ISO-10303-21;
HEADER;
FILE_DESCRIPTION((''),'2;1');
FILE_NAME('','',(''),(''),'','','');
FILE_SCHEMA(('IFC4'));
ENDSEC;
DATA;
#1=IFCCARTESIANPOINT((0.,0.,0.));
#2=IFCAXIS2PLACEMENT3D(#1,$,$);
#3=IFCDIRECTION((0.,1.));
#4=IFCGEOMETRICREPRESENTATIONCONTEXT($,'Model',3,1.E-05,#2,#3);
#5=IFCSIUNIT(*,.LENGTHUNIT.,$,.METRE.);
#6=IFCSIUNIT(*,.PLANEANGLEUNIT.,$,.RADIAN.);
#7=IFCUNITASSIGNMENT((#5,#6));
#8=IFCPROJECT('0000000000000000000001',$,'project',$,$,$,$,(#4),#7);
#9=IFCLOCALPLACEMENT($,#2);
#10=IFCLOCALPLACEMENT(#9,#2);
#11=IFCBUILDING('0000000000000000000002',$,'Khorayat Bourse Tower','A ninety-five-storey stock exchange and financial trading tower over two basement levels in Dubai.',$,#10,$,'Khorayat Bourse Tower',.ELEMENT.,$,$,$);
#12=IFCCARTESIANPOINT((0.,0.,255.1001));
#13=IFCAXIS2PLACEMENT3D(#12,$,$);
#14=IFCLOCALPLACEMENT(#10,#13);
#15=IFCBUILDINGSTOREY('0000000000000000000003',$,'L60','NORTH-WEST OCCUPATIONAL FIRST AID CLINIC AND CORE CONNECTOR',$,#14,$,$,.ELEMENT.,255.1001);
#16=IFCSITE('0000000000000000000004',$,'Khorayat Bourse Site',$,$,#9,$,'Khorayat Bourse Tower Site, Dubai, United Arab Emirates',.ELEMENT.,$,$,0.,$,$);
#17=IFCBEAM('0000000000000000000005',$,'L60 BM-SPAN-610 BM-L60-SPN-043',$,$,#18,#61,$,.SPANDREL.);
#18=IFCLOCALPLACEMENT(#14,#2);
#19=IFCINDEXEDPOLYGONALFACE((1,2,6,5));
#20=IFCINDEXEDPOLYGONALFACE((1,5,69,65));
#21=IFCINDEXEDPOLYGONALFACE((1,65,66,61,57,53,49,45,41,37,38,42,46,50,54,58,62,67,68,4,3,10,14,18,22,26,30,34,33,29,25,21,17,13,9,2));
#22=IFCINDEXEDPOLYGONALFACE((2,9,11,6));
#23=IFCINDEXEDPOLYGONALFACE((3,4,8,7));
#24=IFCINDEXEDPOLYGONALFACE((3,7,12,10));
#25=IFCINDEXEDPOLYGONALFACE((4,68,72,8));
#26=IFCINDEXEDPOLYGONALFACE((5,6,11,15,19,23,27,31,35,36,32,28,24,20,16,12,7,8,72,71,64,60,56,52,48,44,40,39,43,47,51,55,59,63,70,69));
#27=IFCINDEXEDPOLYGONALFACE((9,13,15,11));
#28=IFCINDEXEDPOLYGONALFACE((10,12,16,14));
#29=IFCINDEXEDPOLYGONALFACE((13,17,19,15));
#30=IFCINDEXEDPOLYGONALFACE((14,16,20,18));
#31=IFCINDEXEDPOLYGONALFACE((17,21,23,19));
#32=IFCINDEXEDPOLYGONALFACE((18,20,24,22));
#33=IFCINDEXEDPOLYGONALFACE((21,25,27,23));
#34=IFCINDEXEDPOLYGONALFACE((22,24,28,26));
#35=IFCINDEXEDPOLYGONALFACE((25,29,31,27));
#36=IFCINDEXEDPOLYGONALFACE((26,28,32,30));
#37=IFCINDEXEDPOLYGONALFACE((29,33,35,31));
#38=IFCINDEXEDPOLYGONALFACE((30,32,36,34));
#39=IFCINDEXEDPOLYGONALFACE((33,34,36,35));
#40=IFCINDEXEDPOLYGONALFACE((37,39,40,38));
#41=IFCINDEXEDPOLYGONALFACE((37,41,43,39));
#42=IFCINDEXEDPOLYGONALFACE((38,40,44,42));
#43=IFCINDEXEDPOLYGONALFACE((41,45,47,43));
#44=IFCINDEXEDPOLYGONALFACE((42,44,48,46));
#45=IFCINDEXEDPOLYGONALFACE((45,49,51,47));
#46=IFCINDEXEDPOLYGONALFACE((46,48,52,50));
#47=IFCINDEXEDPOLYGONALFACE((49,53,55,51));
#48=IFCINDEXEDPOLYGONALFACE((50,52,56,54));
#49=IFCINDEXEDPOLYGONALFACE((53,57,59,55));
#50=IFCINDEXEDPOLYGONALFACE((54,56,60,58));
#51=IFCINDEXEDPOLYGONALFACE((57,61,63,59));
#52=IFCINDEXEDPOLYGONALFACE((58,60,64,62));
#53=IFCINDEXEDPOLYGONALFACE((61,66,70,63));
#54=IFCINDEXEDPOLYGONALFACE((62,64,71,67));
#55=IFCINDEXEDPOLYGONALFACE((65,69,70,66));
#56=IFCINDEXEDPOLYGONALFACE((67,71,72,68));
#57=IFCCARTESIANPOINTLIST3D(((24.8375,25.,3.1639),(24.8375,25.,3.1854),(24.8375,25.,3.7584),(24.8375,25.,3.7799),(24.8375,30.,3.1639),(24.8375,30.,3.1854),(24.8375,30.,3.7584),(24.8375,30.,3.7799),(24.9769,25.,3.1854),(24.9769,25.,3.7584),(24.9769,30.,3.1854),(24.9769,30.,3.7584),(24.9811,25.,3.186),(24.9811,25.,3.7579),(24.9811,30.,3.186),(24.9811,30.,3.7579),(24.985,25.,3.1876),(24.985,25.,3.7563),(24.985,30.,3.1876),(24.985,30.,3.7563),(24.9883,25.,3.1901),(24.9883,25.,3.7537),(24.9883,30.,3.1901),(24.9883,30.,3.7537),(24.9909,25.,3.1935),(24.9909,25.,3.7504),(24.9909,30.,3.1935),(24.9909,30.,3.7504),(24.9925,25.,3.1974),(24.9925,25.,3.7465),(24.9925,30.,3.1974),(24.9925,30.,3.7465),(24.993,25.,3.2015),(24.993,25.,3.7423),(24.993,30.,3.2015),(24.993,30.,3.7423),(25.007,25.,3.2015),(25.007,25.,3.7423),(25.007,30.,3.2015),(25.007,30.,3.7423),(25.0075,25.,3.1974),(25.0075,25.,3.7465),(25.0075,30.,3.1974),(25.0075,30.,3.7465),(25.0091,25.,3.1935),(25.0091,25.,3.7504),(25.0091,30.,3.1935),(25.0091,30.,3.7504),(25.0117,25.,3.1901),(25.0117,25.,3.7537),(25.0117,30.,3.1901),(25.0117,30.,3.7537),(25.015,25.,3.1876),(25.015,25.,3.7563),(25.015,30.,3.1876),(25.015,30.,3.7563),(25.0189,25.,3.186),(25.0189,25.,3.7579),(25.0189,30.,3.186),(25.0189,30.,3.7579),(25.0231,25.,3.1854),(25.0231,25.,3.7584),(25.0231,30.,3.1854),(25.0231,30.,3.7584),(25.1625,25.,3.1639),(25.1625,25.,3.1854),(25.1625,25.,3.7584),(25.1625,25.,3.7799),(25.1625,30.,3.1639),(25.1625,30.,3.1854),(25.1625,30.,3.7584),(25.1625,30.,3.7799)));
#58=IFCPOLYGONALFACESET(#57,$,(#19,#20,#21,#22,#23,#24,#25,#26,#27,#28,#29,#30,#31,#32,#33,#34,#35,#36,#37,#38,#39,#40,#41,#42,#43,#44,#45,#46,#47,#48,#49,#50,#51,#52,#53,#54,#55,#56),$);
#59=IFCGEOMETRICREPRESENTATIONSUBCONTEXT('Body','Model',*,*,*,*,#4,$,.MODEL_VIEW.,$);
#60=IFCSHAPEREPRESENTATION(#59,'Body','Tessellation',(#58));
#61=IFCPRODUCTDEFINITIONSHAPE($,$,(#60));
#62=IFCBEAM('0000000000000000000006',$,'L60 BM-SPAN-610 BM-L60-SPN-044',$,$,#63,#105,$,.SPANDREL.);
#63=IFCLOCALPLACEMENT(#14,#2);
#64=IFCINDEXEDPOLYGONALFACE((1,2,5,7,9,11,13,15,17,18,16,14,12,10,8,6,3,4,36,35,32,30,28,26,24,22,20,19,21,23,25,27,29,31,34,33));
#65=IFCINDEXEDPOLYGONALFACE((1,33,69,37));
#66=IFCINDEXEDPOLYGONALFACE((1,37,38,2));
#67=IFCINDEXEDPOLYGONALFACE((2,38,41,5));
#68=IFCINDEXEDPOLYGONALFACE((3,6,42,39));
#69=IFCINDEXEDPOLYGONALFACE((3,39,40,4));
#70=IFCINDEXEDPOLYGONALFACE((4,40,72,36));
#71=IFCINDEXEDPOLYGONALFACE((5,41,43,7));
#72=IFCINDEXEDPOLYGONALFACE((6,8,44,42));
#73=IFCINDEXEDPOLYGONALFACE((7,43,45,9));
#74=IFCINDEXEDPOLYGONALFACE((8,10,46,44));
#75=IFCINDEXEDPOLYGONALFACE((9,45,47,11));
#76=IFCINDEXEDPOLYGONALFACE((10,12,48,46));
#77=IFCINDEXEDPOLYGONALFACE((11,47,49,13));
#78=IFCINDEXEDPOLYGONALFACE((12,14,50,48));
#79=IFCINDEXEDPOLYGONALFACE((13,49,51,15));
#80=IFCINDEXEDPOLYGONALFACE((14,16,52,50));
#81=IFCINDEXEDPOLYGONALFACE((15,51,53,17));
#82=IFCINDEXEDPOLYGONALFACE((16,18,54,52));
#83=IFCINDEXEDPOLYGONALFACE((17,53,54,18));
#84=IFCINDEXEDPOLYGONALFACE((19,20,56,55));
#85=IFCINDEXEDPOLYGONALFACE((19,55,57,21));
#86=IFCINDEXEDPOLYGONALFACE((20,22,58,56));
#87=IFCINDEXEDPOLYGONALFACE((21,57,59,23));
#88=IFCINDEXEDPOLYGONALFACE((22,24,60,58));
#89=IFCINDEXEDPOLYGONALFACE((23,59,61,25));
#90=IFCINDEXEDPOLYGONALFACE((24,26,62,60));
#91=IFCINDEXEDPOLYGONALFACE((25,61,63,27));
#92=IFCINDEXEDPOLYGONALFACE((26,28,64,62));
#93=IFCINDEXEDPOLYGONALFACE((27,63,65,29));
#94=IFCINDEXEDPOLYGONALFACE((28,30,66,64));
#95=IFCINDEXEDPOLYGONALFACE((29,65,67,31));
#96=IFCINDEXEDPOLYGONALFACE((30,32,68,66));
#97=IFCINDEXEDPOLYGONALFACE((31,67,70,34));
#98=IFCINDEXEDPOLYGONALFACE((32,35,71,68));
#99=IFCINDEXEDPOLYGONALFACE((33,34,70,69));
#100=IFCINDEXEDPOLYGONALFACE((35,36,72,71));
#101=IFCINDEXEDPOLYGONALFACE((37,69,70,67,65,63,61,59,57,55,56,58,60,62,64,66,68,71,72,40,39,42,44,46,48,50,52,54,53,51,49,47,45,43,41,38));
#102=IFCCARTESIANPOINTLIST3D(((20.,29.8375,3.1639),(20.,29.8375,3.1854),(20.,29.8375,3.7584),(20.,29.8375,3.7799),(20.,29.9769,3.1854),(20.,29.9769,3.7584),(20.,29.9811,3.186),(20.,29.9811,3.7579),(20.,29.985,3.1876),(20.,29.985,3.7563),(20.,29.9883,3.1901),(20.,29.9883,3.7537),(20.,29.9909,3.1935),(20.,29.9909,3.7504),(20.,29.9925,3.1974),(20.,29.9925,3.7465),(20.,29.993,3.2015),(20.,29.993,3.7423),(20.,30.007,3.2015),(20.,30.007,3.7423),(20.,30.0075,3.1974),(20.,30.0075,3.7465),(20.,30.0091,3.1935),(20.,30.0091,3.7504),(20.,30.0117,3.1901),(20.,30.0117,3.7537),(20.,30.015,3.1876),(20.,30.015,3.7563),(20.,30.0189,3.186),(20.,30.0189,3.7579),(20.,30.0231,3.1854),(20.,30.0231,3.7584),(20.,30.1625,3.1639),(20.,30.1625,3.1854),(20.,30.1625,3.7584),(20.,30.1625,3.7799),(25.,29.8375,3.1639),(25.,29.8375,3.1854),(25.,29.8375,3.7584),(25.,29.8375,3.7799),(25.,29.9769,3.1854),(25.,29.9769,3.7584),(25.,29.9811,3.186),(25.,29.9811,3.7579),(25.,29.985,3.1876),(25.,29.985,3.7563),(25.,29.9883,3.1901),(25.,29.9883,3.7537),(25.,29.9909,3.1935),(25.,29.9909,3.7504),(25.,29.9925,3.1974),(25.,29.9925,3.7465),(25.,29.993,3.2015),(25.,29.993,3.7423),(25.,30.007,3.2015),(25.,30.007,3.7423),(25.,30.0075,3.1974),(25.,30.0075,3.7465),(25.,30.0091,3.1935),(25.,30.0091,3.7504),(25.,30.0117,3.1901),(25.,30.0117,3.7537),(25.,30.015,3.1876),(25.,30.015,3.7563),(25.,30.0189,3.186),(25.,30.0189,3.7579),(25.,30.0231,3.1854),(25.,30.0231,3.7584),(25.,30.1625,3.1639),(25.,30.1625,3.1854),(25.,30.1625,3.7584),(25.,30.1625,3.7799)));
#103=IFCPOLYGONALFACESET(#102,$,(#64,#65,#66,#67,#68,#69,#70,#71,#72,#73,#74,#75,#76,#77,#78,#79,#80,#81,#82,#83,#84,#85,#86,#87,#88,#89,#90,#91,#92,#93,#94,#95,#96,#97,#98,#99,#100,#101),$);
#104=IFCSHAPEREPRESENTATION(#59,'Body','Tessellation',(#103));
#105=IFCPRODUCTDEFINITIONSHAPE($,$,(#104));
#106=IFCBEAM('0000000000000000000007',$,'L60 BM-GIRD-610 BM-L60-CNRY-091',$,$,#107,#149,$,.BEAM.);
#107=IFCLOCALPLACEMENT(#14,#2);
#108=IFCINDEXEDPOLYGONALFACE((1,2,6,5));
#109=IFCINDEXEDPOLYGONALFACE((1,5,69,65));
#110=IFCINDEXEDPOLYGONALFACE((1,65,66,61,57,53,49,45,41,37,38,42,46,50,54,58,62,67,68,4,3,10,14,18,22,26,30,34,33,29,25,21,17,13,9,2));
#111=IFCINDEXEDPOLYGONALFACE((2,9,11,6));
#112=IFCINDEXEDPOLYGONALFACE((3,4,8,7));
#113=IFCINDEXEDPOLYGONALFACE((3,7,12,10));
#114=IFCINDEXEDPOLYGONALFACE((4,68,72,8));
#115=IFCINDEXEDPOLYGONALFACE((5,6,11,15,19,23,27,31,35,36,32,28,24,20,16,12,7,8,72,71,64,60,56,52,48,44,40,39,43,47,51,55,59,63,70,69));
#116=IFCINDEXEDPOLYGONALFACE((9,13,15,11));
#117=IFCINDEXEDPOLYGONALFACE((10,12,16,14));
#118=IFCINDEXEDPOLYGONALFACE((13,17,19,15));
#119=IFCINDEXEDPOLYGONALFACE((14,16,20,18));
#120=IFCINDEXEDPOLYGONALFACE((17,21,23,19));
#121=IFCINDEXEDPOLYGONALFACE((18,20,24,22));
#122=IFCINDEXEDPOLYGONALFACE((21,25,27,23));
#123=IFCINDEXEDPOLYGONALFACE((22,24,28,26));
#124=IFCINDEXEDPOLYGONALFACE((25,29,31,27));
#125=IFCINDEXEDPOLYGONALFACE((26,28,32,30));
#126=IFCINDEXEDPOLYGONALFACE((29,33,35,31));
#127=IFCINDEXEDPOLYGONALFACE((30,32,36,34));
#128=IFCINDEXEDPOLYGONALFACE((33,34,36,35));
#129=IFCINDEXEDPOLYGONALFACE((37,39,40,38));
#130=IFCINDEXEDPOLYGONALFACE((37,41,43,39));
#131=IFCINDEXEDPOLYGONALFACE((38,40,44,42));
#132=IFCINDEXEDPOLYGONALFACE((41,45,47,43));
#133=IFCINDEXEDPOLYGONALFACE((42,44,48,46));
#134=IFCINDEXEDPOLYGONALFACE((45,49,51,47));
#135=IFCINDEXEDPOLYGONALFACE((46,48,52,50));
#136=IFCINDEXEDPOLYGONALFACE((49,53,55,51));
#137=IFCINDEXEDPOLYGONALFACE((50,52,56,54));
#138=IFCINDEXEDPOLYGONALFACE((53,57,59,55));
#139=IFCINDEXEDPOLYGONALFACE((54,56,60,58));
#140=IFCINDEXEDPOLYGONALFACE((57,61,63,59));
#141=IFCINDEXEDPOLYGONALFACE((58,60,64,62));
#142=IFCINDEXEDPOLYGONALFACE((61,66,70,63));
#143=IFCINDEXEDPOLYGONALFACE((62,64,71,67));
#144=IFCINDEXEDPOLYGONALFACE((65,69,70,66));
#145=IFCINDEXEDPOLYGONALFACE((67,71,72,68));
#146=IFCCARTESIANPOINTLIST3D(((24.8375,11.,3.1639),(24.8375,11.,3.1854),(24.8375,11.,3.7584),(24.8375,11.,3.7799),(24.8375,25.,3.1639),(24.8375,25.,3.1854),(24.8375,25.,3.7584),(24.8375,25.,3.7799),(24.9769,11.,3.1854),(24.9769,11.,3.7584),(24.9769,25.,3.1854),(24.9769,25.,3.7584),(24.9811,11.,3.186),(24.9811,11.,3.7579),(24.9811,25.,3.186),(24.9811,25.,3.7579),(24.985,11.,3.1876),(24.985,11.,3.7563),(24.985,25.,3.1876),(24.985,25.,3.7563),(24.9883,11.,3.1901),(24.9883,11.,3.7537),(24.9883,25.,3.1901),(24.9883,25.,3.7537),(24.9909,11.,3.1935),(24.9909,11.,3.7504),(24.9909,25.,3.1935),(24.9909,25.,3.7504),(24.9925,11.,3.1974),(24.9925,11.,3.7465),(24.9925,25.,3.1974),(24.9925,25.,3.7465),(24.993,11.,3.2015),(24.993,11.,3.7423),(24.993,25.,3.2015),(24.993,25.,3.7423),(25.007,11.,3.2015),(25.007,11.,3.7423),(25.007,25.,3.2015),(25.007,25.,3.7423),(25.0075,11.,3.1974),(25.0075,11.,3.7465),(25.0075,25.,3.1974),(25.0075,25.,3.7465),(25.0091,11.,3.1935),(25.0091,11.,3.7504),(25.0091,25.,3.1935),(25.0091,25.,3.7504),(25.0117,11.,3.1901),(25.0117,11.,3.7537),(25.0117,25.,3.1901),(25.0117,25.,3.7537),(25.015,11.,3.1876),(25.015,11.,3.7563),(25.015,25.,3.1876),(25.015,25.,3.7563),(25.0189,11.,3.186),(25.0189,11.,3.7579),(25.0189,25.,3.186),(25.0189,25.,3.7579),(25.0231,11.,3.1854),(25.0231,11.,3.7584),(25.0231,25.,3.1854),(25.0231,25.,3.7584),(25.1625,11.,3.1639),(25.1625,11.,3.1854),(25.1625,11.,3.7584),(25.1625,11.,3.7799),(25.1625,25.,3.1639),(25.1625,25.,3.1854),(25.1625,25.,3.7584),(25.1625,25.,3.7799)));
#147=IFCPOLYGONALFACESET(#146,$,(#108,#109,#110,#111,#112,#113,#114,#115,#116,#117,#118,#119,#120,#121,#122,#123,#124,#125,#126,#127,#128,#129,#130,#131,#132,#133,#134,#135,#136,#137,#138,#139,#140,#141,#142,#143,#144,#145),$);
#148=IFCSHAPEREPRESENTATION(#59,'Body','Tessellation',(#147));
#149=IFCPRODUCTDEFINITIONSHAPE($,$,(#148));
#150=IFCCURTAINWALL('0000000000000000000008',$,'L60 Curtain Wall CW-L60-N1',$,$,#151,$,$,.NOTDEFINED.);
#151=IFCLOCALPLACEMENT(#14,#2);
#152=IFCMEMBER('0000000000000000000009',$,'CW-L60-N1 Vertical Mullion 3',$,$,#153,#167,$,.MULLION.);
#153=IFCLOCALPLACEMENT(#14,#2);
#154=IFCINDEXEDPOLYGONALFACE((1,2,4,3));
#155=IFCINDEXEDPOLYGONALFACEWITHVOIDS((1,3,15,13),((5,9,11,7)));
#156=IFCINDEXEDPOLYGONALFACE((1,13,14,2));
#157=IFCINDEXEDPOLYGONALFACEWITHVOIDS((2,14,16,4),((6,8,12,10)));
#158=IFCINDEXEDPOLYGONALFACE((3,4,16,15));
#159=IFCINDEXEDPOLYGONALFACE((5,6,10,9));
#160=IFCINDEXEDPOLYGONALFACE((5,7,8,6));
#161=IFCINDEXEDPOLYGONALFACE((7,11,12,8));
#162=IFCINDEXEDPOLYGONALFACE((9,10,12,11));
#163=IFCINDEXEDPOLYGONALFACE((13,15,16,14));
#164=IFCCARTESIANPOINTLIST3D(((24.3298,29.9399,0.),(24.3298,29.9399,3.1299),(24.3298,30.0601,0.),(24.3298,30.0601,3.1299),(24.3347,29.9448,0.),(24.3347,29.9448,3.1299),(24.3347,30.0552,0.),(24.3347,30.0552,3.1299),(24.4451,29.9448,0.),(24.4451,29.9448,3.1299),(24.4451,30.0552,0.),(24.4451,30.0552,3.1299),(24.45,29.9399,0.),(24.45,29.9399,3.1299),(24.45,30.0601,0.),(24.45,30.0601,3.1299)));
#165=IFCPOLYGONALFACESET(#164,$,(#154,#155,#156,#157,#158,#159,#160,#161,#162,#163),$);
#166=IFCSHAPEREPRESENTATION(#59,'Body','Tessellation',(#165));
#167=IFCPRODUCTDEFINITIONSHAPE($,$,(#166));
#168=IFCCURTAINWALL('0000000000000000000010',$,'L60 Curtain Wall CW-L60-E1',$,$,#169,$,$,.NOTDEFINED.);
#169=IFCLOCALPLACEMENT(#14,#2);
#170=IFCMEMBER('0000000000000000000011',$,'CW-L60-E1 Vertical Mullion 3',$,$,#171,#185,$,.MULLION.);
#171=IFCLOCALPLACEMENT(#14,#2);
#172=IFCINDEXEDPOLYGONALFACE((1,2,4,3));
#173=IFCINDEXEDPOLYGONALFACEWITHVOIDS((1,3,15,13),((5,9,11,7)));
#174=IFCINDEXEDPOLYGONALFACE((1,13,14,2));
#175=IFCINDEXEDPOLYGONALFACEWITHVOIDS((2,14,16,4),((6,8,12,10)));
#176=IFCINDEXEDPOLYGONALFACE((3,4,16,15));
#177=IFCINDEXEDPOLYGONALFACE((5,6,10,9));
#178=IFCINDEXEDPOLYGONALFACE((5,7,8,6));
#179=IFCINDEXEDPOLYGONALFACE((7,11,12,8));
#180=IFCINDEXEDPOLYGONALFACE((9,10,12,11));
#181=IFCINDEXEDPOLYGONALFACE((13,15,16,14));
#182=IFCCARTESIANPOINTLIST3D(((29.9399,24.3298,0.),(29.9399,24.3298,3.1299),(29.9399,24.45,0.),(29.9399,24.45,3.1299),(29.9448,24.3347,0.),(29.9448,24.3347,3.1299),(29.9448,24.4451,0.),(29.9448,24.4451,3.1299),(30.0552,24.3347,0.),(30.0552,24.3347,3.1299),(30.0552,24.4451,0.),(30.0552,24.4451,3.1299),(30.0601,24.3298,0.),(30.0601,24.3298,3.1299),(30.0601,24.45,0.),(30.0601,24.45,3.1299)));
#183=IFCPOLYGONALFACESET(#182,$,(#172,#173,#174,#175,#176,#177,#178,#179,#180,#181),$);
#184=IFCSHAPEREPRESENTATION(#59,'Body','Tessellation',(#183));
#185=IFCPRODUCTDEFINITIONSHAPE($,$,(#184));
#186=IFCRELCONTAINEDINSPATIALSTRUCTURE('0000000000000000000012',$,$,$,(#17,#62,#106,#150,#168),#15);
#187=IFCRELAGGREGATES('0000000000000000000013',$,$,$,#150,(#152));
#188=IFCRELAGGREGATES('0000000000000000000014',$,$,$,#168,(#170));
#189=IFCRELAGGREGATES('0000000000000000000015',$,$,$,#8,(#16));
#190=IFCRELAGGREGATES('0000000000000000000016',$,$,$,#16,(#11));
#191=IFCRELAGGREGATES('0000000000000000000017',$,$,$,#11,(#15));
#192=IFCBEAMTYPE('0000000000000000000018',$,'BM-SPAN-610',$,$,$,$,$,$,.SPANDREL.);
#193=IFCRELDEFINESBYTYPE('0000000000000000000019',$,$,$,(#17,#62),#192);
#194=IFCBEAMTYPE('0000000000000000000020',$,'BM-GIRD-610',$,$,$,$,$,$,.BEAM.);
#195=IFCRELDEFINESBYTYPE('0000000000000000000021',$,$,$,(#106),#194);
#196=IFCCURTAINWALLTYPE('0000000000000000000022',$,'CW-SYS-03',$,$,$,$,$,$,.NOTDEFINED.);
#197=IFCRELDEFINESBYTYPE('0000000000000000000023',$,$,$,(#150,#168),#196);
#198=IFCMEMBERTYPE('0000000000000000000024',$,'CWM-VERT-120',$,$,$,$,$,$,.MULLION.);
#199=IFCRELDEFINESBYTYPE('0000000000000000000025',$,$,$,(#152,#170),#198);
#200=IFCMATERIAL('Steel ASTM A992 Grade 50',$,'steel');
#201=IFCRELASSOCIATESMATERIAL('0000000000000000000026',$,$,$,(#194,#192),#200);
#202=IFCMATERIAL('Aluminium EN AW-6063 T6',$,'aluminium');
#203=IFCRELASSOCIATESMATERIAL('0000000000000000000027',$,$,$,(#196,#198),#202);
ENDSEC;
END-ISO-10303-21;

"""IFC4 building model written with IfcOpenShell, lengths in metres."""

from ifc_helpers import new_model, si_unit, direction, frame, origin, origin_2d, place, context, subcontext, project, spatial, hollow_rectangle, i_section, extrude, source, transform, mapped, material, material_profile, profile_set, type_object, element, aggregate, save


model = new_model("IFC4")

# Units and contexts
model_context = context("Model", 3, precision=1e-05, world=origin(), true_north=direction((0.0, 1.0)))
body_context = subcontext(model_context, "Body", "Model", "MODEL_VIEW")
ifc_project = project(units=[si_unit("LENGTHUNIT", "METRE"), si_unit("PLANEANGLEUNIT", "RADIAN")], contexts=[model_context])

# Site, building, storey
site_placement = place(None, origin())
site = spatial("IfcSite", under=ifc_project, at=site_placement, Name="Khorayat Bourse Site", LongName="Khorayat Bourse Tower Site, Dubai, United Arab Emirates", CompositionType="ELEMENT", RefElevation=0.0)
building_placement = place(site_placement, origin())
building = spatial("IfcBuilding", under=site, at=building_placement, Name="Khorayat Bourse Tower", Description="A ninety-five-storey stock exchange and financial trading tower over two basement levels in Dubai.", LongName="Khorayat Bourse Tower", CompositionType="ELEMENT")
storey_placement = place(building_placement, frame((0.0, 0.0, 255.1001)))
storey = spatial("IfcBuildingStorey", under=building, at=storey_placement, Name="L60", Description="NORTH-WEST OCCUPATIONAL FIRST AID CLINIC AND CORE CONNECTOR", CompositionType="ELEMENT", Elevation=255.1001)

# Beams
ifc_material_1 = material(Name="Steel ASTM A992 Grade 50", Category="steel")
ifc_material_profile_1 = material_profile(ifc_material_1, i_section(OverallWidth=0.325, OverallDepth=0.616, WebThickness=0.0139, FlangeThickness=0.0215, FilletRadius=0.0161, at=origin_2d()), Name="W610X174")
ifc_profile_set_1 = profile_set([ifc_material_profile_1], Name="Steel ASTM A992 Grade 50")
beam_type_1 = type_object("IfcBeamType", Name="BM-GIRD-610", PredefinedType="BEAM", material=ifc_profile_set_1)
ifc_material_profile_2 = material_profile(ifc_material_1, i_section(OverallWidth=0.325, OverallDepth=0.616, WebThickness=0.0139, FlangeThickness=0.0215, FilletRadius=0.0161, at=origin_2d()), Name="W610X174")
ifc_profile_set_2 = profile_set([ifc_material_profile_2], Name="Steel ASTM A992 Grade 50")
beam_type_2 = type_object("IfcBeamType", Name="BM-SPAN-610", PredefinedType="SPANDREL", material=ifc_profile_set_2)
shared_shape_1 = source(origin(), body_context, "Body", "SweptSolid", [
    extrude(i_section(OverallWidth=0.325, OverallDepth=0.616, WebThickness=0.0139, FlangeThickness=0.0215, FilletRadius=0.0161, at=origin_2d()), origin(), (0.0, 0.0, 1.0), 5.0),
])
for number, where, z_axis, x_axis, name in (
    (1, (25.0, 25.0, 3.4719), (0.0, 1.0, 0.0), (-1.0, 0.0, 0.0), "L60 BM-SPAN-610 BM-L60-SPN-043"),
    (2, (20.0, 30.0, 3.4719), (1.0, 0.0, 0.0), (0.0, 1.0, 0.0), "L60 BM-SPAN-610 BM-L60-SPN-044"),
):
    element("IfcBeam", number, at=place(storey_placement, frame(where, z_axis=z_axis, x_axis=x_axis)), inside=storey, type_object=beam_type_2, Name=name, PredefinedType="SPANDREL", context=body_context, shape_type="MappedRepresentation", body=[
        mapped(shared_shape_1, transform((0.0, 0.0, 0.0), scale=1.0)),
    ])
shared_shape_2 = source(origin(), body_context, "Body", "SweptSolid", [
    extrude(i_section(OverallWidth=0.325, OverallDepth=0.616, WebThickness=0.0139, FlangeThickness=0.0215, FilletRadius=0.0161, at=origin_2d()), origin(), (0.0, 0.0, 1.0), 14.0),
])
beam_1_placement = place(storey_placement, frame((25.0, 11.0, 3.4719), z_axis=(0.0, 1.0, 0.0), x_axis=(-1.0, 0.0, 0.0)))
element("IfcBeam", 3, at=beam_1_placement, inside=storey, type_object=beam_type_1, Name="L60 BM-GIRD-610 BM-L60-CNRY-091", PredefinedType="BEAM", context=body_context, shape_type="MappedRepresentation", body=[
    mapped(shared_shape_2, transform((0.0, 0.0, 0.0), scale=1.0)),
])

# Curtain wall, member
ifc_material_2 = material(Name="Aluminium EN AW-6063 T6", Category="aluminium")
curtain_wall_type = type_object("IfcCurtainWallType", Name="CW-SYS-03", PredefinedType="NOTDEFINED", material=ifc_material_2)
curtain_wall_1_placement = place(storey_placement, origin())
curtain_wall_1 = element("IfcCurtainWall", 4, at=curtain_wall_1_placement, inside=storey, type_object=curtain_wall_type, Name="L60 Curtain Wall CW-L60-N1", PredefinedType="NOTDEFINED")
ifc_material_profile_3 = material_profile(ifc_material_2, hollow_rectangle(XDim=0.1201, YDim=0.1201, WallThickness=0.0049, at=origin_2d()), Name="ALU 120x120x5")
ifc_profile_set_3 = profile_set([ifc_material_profile_3], Name="Aluminium EN AW-6063 T6")
member_type_1 = type_object("IfcMemberType", Name="CWM-VERT-120", PredefinedType="MULLION", material=ifc_profile_set_3)
shared_shape_3 = source(origin(), body_context, "Body", "SweptSolid", [
    extrude(hollow_rectangle(XDim=0.1201, YDim=0.1201, WallThickness=0.0049, at=origin_2d()), origin(), (0.0, 0.0, 1.0), 3.1299),
])
member_1_placement = place(storey_placement, frame((24.3899, 30.0, 0.0), z_axis=(0.0, 0.0, 1.0), x_axis=(0.0, 1.0, 0.0)))
member_1 = element("IfcMember", 5, at=member_1_placement, type_object=member_type_1, Name="CW-L60-N1 Vertical Mullion 3", PredefinedType="MULLION", context=body_context, shape_type="MappedRepresentation", body=[
    mapped(shared_shape_3, transform((0.0, 0.0, 0.0), scale=1.0)),
])
aggregate(curtain_wall_1, [member_1])

# Curtain wall, member
curtain_wall_2_placement = place(storey_placement, origin())
curtain_wall_2 = element("IfcCurtainWall", 6, at=curtain_wall_2_placement, inside=storey, type_object=curtain_wall_type, Name="L60 Curtain Wall CW-L60-E1", PredefinedType="NOTDEFINED")
member_2_placement = place(storey_placement, frame((30.0, 24.3899, 0.0), z_axis=(0.0, 0.0, 1.0), x_axis=(-1.0, 0.0, 0.0)))
member_2 = element("IfcMember", 7, at=member_2_placement, type_object=member_type_1, Name="CW-L60-E1 Vertical Mullion 3", PredefinedType="MULLION", context=body_context, shape_type="MappedRepresentation", body=[
    mapped(shared_shape_3, transform((0.0, 0.0, 0.0), scale=1.0)),
])

aggregate(curtain_wall_2, [member_2])

save(model, "model.ifc")
